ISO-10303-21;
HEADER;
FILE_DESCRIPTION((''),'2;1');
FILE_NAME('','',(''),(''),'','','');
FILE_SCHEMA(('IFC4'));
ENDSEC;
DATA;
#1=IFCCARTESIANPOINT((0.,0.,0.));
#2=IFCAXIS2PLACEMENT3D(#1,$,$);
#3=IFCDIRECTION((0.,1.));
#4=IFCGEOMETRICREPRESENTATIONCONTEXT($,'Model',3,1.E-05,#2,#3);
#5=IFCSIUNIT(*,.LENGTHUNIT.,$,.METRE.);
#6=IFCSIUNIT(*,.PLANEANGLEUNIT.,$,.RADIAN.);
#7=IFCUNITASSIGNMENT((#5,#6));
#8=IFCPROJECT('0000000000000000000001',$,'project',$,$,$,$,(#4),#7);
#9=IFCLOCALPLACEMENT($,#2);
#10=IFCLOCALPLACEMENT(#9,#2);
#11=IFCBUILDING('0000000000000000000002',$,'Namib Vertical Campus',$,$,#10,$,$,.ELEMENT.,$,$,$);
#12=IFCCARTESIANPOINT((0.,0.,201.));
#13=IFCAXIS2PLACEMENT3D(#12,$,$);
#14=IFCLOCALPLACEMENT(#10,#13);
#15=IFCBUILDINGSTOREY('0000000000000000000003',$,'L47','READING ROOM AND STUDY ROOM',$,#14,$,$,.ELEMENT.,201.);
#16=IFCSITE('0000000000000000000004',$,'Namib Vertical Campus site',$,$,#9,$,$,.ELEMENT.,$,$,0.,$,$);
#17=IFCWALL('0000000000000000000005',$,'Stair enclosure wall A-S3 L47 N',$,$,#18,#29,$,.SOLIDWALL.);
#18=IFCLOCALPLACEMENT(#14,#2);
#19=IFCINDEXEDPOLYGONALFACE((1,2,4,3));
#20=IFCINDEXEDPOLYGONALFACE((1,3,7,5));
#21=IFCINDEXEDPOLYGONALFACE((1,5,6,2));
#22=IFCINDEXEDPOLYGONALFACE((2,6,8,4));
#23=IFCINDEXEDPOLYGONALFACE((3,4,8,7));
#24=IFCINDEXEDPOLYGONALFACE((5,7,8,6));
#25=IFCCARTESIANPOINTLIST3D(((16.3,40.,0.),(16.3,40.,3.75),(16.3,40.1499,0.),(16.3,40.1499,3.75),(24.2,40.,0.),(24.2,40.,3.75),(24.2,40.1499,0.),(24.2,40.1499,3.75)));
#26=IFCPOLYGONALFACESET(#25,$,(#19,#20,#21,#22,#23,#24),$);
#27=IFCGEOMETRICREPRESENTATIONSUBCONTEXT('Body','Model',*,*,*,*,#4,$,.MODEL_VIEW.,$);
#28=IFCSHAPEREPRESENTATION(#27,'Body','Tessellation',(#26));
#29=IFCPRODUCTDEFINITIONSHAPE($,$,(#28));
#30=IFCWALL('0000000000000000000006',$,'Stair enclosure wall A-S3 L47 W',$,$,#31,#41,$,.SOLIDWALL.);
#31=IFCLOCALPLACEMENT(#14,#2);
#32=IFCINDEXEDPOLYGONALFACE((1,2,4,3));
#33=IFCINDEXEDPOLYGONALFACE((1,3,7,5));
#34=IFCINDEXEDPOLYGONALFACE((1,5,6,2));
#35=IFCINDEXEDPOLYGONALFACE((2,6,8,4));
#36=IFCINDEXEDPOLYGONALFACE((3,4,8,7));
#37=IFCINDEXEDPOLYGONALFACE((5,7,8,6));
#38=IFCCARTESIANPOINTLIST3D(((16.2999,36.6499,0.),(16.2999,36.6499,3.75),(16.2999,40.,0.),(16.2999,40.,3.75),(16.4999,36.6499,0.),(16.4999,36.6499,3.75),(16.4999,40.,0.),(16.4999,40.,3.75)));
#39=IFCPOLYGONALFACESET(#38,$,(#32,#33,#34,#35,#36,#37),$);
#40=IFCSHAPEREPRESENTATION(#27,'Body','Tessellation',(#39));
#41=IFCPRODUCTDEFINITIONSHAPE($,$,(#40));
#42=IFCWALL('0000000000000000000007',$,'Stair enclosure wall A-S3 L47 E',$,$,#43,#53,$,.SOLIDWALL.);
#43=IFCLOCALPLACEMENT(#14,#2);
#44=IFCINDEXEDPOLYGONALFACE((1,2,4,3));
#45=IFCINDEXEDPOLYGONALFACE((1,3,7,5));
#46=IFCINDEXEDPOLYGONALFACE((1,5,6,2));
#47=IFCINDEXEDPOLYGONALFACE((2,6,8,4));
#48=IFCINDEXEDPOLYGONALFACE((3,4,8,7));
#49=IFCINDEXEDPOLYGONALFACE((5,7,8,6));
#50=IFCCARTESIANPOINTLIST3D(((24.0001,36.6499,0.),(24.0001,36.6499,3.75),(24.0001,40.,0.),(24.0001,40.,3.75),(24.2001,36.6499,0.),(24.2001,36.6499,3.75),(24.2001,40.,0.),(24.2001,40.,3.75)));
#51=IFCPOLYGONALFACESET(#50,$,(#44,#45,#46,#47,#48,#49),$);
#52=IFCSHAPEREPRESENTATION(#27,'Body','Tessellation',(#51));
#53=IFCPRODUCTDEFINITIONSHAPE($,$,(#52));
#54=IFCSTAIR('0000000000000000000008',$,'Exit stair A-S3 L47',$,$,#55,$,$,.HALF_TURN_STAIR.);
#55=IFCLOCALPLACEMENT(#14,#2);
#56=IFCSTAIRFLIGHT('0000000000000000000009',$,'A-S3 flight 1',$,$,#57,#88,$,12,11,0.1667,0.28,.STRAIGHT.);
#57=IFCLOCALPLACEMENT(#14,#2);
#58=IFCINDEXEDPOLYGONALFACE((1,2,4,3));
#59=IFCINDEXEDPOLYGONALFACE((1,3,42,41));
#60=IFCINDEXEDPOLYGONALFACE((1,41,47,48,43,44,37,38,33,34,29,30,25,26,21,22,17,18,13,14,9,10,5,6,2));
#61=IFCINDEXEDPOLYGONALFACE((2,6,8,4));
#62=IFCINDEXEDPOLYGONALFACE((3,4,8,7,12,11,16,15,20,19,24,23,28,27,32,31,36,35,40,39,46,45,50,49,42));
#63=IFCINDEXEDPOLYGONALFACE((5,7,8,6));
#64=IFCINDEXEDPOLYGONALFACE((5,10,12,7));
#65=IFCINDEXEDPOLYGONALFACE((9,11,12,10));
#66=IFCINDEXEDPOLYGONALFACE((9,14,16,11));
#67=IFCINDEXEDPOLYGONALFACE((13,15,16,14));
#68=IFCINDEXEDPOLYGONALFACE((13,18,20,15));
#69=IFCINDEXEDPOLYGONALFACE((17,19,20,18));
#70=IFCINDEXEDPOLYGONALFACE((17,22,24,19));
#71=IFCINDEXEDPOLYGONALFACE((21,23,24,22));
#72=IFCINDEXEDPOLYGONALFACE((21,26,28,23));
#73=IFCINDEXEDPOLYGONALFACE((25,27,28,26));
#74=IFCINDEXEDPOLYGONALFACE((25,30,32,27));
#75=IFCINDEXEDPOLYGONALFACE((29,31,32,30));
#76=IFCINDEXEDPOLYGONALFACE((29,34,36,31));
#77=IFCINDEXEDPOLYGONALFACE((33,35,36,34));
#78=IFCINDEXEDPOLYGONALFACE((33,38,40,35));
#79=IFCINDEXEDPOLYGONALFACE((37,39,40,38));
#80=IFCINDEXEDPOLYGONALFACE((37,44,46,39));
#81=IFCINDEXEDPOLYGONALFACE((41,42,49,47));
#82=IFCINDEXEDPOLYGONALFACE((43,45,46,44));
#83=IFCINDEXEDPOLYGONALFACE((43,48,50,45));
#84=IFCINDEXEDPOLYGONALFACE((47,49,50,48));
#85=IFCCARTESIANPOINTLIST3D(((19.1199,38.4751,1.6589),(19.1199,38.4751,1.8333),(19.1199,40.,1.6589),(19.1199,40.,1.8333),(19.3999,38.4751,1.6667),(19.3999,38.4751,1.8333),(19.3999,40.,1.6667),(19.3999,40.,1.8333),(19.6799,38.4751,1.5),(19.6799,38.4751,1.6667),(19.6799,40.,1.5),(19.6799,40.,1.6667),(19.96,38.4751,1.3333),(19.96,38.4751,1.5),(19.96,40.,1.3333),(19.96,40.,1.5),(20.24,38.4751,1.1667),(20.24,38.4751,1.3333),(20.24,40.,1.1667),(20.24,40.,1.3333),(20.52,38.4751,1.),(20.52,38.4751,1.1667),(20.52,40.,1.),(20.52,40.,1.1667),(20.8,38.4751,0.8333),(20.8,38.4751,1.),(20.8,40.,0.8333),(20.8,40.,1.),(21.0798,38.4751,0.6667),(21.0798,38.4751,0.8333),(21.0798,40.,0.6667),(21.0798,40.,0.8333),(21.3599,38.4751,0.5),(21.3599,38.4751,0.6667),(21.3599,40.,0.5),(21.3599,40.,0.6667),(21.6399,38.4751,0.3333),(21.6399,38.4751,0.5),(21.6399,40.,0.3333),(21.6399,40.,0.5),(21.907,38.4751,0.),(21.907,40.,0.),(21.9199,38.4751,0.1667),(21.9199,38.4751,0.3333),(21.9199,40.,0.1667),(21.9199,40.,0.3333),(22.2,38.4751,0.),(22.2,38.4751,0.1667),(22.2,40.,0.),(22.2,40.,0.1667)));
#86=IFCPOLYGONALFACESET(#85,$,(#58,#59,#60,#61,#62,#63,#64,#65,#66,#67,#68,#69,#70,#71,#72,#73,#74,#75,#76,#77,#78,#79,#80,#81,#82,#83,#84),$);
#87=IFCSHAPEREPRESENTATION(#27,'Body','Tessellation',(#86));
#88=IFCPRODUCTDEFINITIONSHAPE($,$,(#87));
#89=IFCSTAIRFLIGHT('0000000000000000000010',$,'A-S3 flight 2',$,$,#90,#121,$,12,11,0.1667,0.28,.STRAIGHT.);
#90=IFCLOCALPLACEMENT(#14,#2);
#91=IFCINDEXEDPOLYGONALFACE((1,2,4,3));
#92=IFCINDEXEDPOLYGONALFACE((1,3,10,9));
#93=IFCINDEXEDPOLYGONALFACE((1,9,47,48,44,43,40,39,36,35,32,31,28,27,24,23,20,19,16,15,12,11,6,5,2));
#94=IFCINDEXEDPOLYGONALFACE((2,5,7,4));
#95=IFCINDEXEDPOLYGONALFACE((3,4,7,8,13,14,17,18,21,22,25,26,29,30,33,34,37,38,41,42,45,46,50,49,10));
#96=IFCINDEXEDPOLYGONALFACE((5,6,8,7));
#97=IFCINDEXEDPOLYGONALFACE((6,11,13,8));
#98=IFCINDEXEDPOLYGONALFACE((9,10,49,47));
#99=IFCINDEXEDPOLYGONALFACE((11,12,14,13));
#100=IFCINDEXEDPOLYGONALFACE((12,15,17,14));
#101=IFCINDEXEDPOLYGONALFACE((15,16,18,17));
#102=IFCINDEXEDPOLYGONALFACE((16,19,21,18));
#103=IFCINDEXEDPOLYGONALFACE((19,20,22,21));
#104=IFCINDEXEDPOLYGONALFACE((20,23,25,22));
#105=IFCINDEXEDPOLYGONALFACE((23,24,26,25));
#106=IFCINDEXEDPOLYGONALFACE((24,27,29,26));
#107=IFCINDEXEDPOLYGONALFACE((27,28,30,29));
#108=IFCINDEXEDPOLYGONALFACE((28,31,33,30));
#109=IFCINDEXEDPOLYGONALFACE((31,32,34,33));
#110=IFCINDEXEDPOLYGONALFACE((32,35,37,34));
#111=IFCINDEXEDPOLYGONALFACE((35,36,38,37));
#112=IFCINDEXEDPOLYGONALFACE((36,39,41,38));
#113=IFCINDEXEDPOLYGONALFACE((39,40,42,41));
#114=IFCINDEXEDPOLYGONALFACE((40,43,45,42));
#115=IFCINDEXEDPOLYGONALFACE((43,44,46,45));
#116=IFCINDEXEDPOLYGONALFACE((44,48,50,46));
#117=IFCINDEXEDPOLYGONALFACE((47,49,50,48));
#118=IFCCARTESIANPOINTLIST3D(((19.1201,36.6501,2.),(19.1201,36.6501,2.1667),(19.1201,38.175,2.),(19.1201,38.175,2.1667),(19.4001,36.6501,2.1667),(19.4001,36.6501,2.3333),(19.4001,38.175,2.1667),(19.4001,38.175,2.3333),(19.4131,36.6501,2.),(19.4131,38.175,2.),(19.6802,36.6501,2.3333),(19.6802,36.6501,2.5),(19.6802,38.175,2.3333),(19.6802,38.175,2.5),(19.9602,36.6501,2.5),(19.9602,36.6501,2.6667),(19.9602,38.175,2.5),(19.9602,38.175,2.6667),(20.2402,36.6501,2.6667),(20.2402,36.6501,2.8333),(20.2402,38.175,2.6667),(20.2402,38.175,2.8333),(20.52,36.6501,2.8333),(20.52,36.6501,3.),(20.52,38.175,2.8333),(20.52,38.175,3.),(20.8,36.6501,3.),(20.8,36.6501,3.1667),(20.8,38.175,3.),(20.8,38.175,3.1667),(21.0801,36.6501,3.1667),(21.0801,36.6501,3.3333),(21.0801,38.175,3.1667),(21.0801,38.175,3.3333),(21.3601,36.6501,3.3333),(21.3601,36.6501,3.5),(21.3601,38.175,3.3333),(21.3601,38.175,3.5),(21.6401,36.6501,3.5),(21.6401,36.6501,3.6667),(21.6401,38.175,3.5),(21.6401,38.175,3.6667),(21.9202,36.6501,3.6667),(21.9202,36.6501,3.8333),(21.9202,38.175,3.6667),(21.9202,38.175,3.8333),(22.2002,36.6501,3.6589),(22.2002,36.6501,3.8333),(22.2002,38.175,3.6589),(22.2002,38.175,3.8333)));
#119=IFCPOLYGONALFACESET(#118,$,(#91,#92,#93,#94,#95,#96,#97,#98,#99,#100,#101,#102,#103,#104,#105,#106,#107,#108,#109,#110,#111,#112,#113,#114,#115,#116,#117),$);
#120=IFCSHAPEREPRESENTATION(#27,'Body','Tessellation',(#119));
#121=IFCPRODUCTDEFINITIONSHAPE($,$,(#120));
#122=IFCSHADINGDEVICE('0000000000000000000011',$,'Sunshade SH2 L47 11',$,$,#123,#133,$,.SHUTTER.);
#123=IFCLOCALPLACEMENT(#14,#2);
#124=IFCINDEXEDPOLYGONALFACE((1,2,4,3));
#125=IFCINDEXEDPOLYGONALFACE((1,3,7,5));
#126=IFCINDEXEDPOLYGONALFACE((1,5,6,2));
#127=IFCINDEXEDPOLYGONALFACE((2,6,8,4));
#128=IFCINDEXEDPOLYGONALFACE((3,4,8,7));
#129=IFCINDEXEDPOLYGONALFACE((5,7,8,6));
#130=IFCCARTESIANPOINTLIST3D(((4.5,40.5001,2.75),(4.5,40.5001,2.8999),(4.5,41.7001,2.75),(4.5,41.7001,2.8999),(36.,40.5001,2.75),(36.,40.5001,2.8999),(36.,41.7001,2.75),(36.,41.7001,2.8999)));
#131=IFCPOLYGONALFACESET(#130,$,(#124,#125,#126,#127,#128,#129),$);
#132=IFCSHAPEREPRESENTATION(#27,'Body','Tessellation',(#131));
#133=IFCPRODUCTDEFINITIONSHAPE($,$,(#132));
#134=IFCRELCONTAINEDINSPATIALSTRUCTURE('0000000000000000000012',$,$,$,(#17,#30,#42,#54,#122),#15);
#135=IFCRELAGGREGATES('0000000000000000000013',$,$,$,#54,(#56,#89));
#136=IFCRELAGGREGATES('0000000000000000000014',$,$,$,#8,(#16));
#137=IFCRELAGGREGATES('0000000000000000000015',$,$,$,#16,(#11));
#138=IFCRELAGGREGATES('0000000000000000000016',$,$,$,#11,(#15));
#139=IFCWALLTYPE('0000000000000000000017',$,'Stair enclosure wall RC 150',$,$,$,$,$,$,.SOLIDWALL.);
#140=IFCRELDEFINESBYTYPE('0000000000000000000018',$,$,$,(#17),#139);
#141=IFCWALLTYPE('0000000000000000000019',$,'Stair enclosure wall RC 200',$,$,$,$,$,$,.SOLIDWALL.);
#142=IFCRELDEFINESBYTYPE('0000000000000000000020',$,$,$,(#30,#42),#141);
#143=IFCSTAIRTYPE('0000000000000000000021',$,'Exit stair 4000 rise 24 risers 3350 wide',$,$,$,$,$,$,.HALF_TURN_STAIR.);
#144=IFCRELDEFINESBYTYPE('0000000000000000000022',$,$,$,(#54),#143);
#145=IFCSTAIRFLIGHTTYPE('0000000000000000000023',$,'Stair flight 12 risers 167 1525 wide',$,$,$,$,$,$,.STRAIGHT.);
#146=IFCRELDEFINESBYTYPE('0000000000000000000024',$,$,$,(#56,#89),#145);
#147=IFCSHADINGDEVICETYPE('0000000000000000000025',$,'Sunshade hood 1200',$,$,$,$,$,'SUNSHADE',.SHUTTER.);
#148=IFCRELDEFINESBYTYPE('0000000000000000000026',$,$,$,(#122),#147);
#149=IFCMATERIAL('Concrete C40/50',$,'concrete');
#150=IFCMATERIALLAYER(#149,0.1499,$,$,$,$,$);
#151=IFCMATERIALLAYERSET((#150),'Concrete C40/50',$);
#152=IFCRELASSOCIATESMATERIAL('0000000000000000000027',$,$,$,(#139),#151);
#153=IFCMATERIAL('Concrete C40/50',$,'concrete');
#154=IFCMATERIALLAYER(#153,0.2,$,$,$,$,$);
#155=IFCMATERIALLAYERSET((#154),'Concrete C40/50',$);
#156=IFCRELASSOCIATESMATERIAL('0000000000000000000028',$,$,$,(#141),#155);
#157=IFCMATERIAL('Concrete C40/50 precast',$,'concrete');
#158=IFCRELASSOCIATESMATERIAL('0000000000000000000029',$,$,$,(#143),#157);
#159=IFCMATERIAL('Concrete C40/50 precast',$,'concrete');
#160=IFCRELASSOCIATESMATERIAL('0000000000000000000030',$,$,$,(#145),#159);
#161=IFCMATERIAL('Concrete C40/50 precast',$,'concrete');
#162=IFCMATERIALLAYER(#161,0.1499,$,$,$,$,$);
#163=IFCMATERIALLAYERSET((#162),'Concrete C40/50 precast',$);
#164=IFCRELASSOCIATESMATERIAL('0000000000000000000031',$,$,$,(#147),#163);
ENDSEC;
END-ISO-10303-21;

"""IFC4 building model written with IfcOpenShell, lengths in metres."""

from ifc_helpers import new_model, si_unit, direction, frame, frame_2d, origin, origin_2d, place, context, subcontext, project, spatial, polyline, rectangle, outline, extrude, material, layer, layer_set, type_object, element, aggregate, save


model = new_model("IFC4")

# Units and contexts
model_context = context("Model", 3, precision=1e-05, world=origin(), true_north=direction((0.0, 1.0)))
body_context = subcontext(model_context, "Body", "Model", "MODEL_VIEW")
ifc_project = project(units=[si_unit("LENGTHUNIT", "METRE"), si_unit("PLANEANGLEUNIT", "RADIAN")], contexts=[model_context])

# Site, building, storey
site_placement = place(None, origin())
site = spatial("IfcSite", under=ifc_project, at=site_placement, Name="Namib Vertical Campus site", CompositionType="ELEMENT", RefElevation=0.0)
building_placement = place(site_placement, origin())
building = spatial("IfcBuilding", under=site, at=building_placement, Name="Namib Vertical Campus", CompositionType="ELEMENT")
storey_placement = place(building_placement, frame((0.0, 0.0, 201.0)))
storey = spatial("IfcBuildingStorey", under=building, at=storey_placement, Name="L47", Description="READING ROOM AND STUDY ROOM", CompositionType="ELEMENT", Elevation=201.0)

# Walls
ifc_material_1 = material(Name="Concrete C40/50", Category="concrete")
ifc_layer_1 = layer(ifc_material_1, 0.1499)
ifc_layer_set_1 = layer_set([ifc_layer_1], Name="Concrete C40/50")
wall_type_1 = type_object("IfcWallType", Name="Stair enclosure wall RC 150", PredefinedType="SOLIDWALL", material=ifc_layer_set_1)
wall_1_placement = place(storey_placement, frame((16.3, 40.075, 0.0), z_axis=(0.0, 0.0, 1.0), x_axis=(1.0, 0.0, 0.0)))
element("IfcWall", 1, at=wall_1_placement, inside=storey, type_object=wall_type_1, Name="Stair enclosure wall A-S3 L47 N", PredefinedType="SOLIDWALL", context=body_context, shape_type="SweptSolid", body=[
    extrude(rectangle(XDim=7.8999, YDim=0.1499, at=frame_2d((3.95, 0.0))), origin(), (0.0, 0.0, 1.0), 3.75),
])
ifc_material_2 = material(Name="Concrete C40/50", Category="concrete")
ifc_layer_2 = layer(ifc_material_2, 0.2)
ifc_layer_set_2 = layer_set([ifc_layer_2], Name="Concrete C40/50")
wall_type_2 = type_object("IfcWallType", Name="Stair enclosure wall RC 200", PredefinedType="SOLIDWALL", material=ifc_layer_set_2)
for number, where, z_axis, x_axis, name in (
    (2, (16.3999, 36.6499, 0.0), (0.0, 0.0, 1.0), (0.0, 1.0, 0.0), "Stair enclosure wall A-S3 L47 W"),
    (3, (24.1001, 36.6499, 0.0), (0.0, 0.0, 1.0), (0.0, 1.0, 0.0), "Stair enclosure wall A-S3 L47 E"),
):
    element("IfcWall", number, at=place(storey_placement, frame(where, z_axis=z_axis, x_axis=x_axis)), inside=storey, type_object=wall_type_2, Name=name, PredefinedType="SOLIDWALL", context=body_context, shape_type="SweptSolid", body=[
        extrude(rectangle(XDim=3.3501, YDim=0.2, at=frame_2d((1.675, 0.0))), origin(), (0.0, 0.0, 1.0), 3.75),
    ])

# Stair, stair flights
ifc_material_3 = material(Name="Concrete C40/50 precast", Category="concrete")
stair_type = type_object("IfcStairType", Name="Exit stair 4000 rise 24 risers 3350 wide", PredefinedType="HALF_TURN_STAIR", material=ifc_material_3)
stair_placement = place(storey_placement, origin())
stair = element("IfcStair", 4, at=stair_placement, inside=storey, type_object=stair_type, Name="Exit stair A-S3 L47", PredefinedType="HALF_TURN_STAIR")
ifc_material_4 = material(Name="Concrete C40/50 precast", Category="concrete")
stair_flight_type = type_object("IfcStairFlightType", Name="Stair flight 12 risers 167 1525 wide", PredefinedType="STRAIGHT", material=ifc_material_4)
stair_flight_1_placement = place(storey_placement, frame((22.2, 39.2375, 0.0), z_axis=(0.0, 0.0, 1.0), x_axis=(-1.0, 0.0, 0.0)))
stair_flight_1 = element("IfcStairFlight", 5, at=stair_flight_1_placement, type_object=stair_flight_type, Name="A-S3 flight 1", NumberOfRisers=12, NumberOfTreads=11, PredefinedType="STRAIGHT", RiserHeight=0.1667, TreadLength=0.28, context=body_context, shape_type="SweptSolid", body=[
    extrude(outline(polyline([(0.0, 0.0), (0.0, 0.1667), (0.28, 0.1667), (0.28, 0.3333), (0.5601, 0.3333), (0.5601, 0.5), (0.8401, 0.5), (0.8401, 0.6667), (1.1201, 0.6667), (1.1201, 0.8333), (1.3999, 0.8333), (1.3999, 1.0), (1.6799, 1.0), (1.6799, 1.1667), (1.96, 1.1667), (1.96, 1.3333), (2.24, 1.3333), (2.24, 1.5), (2.52, 1.5), (2.52, 1.6667), (2.8, 1.6667), (2.8, 1.8333), (3.0801, 1.8333), (3.0801, 2.0), (3.0801, 1.6589), (0.293, 0.0), (0.0, 0.0)])), frame((0.0, 0.7625, 0.0), z_axis=(0.0, -1.0, 0.0), x_axis=(1.0, 0.0, 0.0)), (0.0, 0.0, 1.0), 1.5249),
])
stair_flight_2_placement = place(storey_placement, frame((19.1201, 37.4126, 2.0), z_axis=(0.0, 0.0, 1.0), x_axis=(1.0, 0.0, 0.0)))
stair_flight_2 = element("IfcStairFlight", 6, at=stair_flight_2_placement, type_object=stair_flight_type, Name="A-S3 flight 2", NumberOfRisers=12, NumberOfTreads=11, PredefinedType="STRAIGHT", RiserHeight=0.1667, TreadLength=0.28, context=body_context, shape_type="SweptSolid", body=[
    extrude(outline(polyline([(0.0, 0.0), (0.0, 0.1667), (0.28, 0.1667), (0.28, 0.3333), (0.5601, 0.3333), (0.5601, 0.5), (0.8401, 0.5), (0.8401, 0.6667), (1.1201, 0.6667), (1.1201, 0.8333), (1.3999, 0.8333), (1.3999, 1.0), (1.6799, 1.0), (1.6799, 1.1667), (1.96, 1.1667), (1.96, 1.3333), (2.24, 1.3333), (2.24, 1.5), (2.52, 1.5), (2.52, 1.6667), (2.8, 1.6667), (2.8, 1.8333), (3.0801, 1.8333), (3.0801, 2.0), (3.0801, 1.6589), (0.293, 0.0), (0.0, 0.0)])), frame((0.0, 0.7625, 0.0), z_axis=(0.0, -1.0, 0.0), x_axis=(1.0, 0.0, 0.0)), (0.0, 0.0, 1.0), 1.5249),
])
aggregate(stair, [stair_flight_1, stair_flight_2])

# Shading device
ifc_material_5 = material(Name="Concrete C40/50 precast", Category="concrete")
ifc_layer_3 = layer(ifc_material_5, 0.1499)
ifc_layer_set_3 = layer_set([ifc_layer_3], Name="Concrete C40/50 precast")
shading_device_type = type_object("IfcShadingDeviceType", Name="Sunshade hood 1200", ElementType="SUNSHADE", PredefinedType="SHUTTER", material=ifc_layer_set_3)
shading_device_placement = place(storey_placement, frame((20.25, 41.1001, 2.75), z_axis=(0.0, 0.0, 1.0), x_axis=(-1.0, 0.0, 0.0)))
element("IfcShadingDevice", 7, at=shading_device_placement, inside=storey, type_object=shading_device_type, Name="Sunshade SH2 L47 11", PredefinedType="SHUTTER", context=body_context, shape_type="SweptSolid", body=[
    extrude(rectangle(XDim=31.5, YDim=1.2, at=origin_2d()), origin(), (0.0, 0.0, 1.0), 0.1499),
])

save(model, "model.ifc")
